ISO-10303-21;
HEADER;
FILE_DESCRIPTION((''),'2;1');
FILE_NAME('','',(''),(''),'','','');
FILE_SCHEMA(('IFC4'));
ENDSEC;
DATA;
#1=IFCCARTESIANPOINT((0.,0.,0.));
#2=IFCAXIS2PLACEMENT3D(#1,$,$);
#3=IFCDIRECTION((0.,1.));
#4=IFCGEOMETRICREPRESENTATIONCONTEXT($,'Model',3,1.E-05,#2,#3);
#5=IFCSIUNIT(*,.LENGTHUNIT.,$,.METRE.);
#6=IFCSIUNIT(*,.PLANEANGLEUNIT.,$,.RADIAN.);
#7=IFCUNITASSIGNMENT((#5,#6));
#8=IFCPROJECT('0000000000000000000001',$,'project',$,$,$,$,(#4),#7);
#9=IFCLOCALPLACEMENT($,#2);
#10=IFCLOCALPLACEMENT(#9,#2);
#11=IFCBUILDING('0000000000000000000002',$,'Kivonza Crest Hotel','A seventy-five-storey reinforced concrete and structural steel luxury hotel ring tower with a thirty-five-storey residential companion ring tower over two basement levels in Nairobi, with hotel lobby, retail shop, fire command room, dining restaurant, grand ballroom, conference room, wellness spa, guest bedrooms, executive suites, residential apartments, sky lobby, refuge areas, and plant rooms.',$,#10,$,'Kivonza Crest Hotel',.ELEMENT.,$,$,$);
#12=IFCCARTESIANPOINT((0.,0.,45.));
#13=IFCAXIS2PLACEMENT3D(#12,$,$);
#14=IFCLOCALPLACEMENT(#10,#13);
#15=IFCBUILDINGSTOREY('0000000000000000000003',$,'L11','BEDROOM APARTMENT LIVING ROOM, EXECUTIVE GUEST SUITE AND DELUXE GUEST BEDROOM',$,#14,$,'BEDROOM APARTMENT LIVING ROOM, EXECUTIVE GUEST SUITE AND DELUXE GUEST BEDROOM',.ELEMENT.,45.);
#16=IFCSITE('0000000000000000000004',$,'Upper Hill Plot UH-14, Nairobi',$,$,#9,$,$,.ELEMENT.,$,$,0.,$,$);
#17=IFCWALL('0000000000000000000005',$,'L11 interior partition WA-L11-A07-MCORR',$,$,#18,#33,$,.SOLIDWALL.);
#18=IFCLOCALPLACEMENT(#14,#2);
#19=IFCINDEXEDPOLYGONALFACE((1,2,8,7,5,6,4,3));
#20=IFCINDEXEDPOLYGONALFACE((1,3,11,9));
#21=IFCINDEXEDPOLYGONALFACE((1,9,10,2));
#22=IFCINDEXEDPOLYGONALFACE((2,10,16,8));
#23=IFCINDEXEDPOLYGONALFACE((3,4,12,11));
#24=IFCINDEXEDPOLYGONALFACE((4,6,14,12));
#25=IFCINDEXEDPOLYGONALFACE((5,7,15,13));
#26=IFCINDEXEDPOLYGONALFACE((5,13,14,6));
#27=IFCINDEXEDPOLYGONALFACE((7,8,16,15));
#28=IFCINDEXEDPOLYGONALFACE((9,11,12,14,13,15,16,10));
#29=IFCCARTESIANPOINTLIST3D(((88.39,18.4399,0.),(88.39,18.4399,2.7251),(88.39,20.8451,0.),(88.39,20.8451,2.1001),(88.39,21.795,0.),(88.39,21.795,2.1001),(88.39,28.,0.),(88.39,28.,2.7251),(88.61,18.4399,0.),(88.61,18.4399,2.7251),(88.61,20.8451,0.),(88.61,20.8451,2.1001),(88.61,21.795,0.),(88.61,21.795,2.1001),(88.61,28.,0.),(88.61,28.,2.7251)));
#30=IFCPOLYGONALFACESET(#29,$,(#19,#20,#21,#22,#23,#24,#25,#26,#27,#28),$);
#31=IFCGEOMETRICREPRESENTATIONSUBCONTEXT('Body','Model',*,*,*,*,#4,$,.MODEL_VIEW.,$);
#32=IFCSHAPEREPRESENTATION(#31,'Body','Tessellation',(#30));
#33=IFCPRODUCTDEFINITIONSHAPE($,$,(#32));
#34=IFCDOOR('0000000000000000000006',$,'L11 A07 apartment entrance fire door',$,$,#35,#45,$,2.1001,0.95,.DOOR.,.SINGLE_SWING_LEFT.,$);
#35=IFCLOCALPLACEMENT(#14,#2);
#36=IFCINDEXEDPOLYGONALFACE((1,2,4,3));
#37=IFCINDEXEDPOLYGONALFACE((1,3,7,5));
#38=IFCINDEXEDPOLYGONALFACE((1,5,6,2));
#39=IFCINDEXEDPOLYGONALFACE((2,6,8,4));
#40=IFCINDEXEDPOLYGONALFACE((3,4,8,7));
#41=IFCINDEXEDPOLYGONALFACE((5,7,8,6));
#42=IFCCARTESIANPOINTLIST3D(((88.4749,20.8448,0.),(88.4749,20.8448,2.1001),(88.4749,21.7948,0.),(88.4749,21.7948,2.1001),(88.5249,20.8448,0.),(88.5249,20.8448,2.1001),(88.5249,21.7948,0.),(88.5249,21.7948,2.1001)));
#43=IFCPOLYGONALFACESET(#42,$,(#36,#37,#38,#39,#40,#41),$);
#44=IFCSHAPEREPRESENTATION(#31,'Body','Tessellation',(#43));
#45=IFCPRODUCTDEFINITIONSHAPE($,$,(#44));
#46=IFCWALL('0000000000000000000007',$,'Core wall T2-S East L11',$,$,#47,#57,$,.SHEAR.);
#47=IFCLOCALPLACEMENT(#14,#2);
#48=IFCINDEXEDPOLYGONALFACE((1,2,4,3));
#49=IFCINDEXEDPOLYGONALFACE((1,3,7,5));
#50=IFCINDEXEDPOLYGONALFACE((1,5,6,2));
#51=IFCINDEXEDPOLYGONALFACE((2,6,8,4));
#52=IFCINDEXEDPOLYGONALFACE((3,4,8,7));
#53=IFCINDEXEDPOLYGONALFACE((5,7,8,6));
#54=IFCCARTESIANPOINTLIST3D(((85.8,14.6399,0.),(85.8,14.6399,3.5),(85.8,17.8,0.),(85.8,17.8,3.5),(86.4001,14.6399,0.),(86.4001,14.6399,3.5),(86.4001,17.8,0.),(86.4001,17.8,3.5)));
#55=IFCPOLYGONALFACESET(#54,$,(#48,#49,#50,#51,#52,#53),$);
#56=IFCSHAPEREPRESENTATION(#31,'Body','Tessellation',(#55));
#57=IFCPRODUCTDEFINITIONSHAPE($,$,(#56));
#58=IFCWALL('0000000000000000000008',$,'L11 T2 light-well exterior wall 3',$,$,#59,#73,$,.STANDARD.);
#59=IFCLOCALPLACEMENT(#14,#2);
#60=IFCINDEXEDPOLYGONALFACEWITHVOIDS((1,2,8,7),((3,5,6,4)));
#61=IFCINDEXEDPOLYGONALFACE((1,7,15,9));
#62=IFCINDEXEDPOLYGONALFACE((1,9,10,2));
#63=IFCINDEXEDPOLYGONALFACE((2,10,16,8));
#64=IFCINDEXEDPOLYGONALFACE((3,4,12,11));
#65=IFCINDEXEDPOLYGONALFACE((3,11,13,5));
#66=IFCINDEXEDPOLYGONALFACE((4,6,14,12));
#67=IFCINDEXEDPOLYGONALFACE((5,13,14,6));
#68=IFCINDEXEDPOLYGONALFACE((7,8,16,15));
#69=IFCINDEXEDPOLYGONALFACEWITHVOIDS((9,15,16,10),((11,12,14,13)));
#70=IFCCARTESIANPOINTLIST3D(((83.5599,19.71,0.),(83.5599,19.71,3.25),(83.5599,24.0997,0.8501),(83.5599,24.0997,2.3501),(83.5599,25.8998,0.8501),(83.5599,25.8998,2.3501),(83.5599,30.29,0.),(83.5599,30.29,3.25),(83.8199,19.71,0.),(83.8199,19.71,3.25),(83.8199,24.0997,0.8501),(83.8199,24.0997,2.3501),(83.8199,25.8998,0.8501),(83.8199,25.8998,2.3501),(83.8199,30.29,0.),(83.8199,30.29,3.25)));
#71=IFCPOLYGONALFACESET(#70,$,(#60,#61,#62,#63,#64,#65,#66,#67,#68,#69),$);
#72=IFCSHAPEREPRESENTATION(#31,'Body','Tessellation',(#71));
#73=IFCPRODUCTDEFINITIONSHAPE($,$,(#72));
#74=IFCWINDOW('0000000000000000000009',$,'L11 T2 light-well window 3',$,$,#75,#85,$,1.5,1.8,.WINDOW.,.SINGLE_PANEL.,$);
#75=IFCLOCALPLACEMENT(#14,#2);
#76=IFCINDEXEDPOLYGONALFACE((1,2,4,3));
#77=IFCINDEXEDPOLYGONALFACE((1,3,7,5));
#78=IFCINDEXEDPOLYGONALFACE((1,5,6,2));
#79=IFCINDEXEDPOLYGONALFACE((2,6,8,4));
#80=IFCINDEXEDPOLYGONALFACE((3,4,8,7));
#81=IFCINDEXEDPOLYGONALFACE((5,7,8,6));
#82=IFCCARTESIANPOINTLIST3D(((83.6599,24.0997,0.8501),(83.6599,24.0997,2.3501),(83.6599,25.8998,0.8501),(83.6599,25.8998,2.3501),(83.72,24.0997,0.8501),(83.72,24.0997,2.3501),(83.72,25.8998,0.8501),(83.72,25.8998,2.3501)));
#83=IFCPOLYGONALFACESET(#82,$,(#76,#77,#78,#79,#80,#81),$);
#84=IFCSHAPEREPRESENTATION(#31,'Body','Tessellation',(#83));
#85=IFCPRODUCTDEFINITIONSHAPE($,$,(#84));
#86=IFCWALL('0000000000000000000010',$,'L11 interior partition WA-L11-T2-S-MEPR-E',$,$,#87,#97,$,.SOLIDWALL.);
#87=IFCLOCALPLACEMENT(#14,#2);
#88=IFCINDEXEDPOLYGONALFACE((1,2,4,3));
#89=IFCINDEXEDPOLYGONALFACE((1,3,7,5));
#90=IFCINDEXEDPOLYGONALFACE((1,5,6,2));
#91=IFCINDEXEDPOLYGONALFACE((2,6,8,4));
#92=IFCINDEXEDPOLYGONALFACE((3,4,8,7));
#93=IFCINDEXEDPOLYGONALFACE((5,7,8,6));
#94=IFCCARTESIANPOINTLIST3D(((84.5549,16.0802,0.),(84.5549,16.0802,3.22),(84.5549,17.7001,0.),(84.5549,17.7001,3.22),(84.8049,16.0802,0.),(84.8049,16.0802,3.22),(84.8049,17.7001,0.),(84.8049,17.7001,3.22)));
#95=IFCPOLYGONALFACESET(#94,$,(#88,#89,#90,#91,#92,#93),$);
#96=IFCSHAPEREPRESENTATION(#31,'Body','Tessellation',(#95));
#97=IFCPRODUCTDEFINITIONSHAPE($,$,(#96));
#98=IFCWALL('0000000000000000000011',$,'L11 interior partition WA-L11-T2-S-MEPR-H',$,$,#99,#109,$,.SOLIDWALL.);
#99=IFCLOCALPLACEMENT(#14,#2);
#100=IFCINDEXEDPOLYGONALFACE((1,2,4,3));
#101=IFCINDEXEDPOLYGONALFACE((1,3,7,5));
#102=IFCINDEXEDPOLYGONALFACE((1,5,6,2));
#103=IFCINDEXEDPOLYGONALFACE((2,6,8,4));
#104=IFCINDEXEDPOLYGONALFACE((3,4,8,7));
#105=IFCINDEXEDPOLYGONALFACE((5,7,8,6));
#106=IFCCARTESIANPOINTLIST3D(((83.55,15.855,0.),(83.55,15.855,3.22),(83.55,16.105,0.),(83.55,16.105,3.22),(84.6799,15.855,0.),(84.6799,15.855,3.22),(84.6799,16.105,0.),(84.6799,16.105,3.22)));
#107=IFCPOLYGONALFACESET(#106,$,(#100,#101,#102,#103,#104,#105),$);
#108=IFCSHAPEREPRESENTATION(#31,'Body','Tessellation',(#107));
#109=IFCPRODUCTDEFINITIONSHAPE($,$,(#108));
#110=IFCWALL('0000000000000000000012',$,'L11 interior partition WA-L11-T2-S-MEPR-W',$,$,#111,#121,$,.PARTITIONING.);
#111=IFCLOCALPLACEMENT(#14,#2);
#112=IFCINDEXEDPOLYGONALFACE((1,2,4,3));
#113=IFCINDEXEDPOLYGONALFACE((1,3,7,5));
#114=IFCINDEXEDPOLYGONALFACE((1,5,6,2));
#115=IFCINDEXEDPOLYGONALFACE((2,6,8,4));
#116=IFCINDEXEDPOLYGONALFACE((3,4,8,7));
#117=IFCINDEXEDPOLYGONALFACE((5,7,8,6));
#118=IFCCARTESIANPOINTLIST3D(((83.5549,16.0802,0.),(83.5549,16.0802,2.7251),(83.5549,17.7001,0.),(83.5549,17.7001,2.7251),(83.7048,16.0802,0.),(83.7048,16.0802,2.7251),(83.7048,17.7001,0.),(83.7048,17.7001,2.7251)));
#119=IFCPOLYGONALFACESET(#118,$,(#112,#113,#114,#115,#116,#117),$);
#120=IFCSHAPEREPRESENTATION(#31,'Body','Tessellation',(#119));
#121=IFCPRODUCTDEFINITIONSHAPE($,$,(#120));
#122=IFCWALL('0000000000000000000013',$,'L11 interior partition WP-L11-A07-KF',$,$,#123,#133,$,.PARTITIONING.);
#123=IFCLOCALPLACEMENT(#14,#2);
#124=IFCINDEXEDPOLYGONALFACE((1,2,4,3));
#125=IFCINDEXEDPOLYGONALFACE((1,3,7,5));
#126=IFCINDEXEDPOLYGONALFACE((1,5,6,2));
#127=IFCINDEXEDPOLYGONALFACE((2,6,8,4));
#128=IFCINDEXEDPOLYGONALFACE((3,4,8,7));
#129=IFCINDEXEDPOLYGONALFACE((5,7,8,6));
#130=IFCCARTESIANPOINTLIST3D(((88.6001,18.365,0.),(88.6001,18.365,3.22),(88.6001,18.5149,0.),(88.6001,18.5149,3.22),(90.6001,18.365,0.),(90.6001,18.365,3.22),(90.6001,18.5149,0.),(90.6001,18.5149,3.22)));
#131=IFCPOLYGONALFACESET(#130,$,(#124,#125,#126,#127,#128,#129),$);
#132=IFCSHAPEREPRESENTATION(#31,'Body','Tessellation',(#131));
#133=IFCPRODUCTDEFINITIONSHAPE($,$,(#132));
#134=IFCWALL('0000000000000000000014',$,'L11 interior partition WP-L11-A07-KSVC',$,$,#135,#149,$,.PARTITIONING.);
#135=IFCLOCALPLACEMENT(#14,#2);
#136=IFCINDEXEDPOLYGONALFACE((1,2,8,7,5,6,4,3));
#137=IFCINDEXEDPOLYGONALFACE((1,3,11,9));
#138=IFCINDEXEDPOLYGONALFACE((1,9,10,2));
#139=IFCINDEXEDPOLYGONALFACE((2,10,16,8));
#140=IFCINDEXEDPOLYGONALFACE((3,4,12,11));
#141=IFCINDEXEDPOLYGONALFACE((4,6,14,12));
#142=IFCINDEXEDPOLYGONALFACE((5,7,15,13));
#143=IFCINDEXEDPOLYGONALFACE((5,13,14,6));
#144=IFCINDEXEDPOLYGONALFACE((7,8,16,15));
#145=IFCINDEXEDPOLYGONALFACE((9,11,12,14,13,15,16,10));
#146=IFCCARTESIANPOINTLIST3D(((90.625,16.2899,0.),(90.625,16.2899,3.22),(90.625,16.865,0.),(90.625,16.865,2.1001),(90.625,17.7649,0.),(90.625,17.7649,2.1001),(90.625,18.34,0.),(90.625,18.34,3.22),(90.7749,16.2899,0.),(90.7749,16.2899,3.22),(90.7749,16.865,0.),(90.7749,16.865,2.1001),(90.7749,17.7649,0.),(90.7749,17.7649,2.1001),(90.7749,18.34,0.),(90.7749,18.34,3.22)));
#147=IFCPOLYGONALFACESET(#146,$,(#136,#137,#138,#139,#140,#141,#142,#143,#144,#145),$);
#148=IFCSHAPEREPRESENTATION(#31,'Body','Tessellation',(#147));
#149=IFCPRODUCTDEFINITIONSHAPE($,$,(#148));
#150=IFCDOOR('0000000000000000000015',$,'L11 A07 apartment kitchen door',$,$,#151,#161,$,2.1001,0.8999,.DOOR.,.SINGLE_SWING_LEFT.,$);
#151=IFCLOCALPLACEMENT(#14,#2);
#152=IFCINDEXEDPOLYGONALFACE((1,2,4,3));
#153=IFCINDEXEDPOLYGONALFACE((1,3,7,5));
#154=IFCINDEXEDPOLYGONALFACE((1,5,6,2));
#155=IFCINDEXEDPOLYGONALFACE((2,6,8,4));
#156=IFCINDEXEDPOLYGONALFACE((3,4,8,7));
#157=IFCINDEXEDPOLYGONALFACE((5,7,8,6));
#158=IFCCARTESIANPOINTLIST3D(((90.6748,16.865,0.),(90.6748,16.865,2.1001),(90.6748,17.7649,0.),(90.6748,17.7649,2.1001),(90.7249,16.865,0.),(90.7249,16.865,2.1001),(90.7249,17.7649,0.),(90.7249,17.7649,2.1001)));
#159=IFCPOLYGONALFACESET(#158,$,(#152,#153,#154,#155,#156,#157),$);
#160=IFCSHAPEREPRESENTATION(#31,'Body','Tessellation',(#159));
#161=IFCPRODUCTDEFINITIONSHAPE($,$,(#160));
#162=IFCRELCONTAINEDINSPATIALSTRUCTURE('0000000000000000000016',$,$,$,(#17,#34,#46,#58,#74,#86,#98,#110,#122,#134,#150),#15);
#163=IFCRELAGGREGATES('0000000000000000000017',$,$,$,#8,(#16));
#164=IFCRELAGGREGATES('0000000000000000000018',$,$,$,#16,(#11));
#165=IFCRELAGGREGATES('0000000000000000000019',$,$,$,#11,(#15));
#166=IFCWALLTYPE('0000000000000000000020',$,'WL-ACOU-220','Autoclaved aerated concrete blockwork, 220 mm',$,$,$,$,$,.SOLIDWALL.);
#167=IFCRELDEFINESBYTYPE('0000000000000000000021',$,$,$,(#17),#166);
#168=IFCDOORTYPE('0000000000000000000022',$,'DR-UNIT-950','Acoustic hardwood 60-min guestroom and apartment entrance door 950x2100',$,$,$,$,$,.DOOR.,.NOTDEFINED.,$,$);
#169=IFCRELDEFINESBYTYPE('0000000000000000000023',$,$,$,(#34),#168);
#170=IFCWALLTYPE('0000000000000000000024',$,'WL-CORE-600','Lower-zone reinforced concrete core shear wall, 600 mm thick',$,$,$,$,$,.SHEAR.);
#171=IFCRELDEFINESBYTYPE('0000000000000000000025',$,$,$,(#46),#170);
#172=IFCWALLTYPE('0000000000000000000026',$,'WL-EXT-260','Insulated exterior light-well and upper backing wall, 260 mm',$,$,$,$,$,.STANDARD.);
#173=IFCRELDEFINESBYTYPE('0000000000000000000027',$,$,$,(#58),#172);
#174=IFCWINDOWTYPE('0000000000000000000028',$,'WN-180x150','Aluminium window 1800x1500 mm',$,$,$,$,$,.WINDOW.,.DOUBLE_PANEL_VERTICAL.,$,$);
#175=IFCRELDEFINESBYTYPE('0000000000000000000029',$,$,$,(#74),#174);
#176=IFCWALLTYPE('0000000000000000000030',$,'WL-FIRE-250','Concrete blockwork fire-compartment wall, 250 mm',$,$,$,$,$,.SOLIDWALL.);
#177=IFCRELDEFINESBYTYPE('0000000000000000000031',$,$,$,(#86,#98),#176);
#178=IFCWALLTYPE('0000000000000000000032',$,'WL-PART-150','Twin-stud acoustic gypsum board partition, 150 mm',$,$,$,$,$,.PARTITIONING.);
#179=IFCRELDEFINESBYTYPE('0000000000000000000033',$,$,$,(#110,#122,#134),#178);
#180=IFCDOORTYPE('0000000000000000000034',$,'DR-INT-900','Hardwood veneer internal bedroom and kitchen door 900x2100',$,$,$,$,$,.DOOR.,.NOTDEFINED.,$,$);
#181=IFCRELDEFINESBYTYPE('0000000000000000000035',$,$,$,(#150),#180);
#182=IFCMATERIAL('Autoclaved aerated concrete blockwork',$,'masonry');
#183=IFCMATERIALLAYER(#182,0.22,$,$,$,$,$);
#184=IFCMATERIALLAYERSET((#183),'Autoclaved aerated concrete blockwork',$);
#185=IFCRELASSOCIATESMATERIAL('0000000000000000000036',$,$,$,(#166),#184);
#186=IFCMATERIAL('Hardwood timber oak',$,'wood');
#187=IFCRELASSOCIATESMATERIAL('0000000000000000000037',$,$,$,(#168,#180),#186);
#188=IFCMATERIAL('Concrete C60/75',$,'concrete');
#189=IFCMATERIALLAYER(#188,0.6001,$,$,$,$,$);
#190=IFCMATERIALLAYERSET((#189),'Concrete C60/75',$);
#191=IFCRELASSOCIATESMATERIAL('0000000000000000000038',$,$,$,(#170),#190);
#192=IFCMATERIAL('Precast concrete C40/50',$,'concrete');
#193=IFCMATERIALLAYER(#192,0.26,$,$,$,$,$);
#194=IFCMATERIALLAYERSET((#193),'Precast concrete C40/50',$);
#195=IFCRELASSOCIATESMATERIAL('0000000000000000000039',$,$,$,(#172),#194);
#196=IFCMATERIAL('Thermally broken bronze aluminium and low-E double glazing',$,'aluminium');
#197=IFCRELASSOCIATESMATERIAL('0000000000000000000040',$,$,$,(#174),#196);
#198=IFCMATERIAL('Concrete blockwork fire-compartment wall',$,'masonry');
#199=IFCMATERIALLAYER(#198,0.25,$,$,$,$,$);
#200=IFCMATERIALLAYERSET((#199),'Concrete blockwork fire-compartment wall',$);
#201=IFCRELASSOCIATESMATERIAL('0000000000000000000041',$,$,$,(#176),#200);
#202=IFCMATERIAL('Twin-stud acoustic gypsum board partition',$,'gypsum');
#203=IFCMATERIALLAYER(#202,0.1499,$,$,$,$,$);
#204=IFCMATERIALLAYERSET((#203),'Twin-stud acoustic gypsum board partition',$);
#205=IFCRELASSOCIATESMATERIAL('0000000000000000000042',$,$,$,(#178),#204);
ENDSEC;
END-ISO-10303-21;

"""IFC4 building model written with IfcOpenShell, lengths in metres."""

from ifc_helpers import new_model, si_unit, direction, frame, frame_2d, origin, place, context, subcontext, project, spatial, rectangle, extrude, material, layer, layer_set, type_object, element, fill, save


model = new_model("IFC4")

# Units and contexts
model_context = context("Model", 3, precision=1e-05, world=origin(), true_north=direction((0.0, 1.0)))
body_context = subcontext(model_context, "Body", "Model", "MODEL_VIEW")
ifc_project = project(units=[si_unit("LENGTHUNIT", "METRE"), si_unit("PLANEANGLEUNIT", "RADIAN")], contexts=[model_context])

# Site, building, storey
site_placement = place(None, origin())
site = spatial("IfcSite", under=ifc_project, at=site_placement, Name="Upper Hill Plot UH-14, Nairobi", CompositionType="ELEMENT", RefElevation=0.0)
building_placement = place(site_placement, origin())
building = spatial("IfcBuilding", under=site, at=building_placement, Name="Kivonza Crest Hotel", Description="A seventy-five-storey reinforced concrete and structural steel luxury hotel ring tower with a thirty-five-storey residential companion ring tower over two basement levels in Nairobi, with hotel lobby, retail shop, fire command room, dining restaurant, grand ballroom, conference room, wellness spa, guest bedrooms, executive suites, residential apartments, sky lobby, refuge areas, and plant rooms.", LongName="Kivonza Crest Hotel", CompositionType="ELEMENT")
storey_placement = place(building_placement, frame((0.0, 0.0, 45.0)))
storey = spatial("IfcBuildingStorey", under=building, at=storey_placement, Name="L11", Description="BEDROOM APARTMENT LIVING ROOM, EXECUTIVE GUEST SUITE AND DELUXE GUEST BEDROOM", LongName="BEDROOM APARTMENT LIVING ROOM, EXECUTIVE GUEST SUITE AND DELUXE GUEST BEDROOM", CompositionType="ELEMENT", Elevation=45.0)

# Wall, opening, door
ifc_material_1 = material(Name="Autoclaved aerated concrete blockwork", Category="masonry")
ifc_layer_1 = layer(ifc_material_1, 0.22)
ifc_layer_set_1 = layer_set([ifc_layer_1], Name="Autoclaved aerated concrete blockwork")
wall_type_1 = type_object("IfcWallType", Name="WL-ACOU-220", Description="Autoclaved aerated concrete blockwork, 220 mm", PredefinedType="SOLIDWALL", material=ifc_layer_set_1)
wall_1_placement = place(storey_placement, frame((88.5, 18.4399, 0.0), z_axis=(0.0, 0.0, 1.0), x_axis=(0.0, 1.0, 0.0)))
wall_1 = element("IfcWall", 1, at=wall_1_placement, inside=storey, type_object=wall_type_1, Name="L11 interior partition WA-L11-A07-MCORR", PredefinedType="SOLIDWALL", context=body_context, shape_type="SweptSolid", body=[
    extrude(rectangle(XDim=9.5601, YDim=0.22, at=frame_2d((4.78, 0.0))), origin(), (0.0, 0.0, 1.0), 2.7251),
])
opening_1_placement = place(wall_1_placement, frame((2.405, 0.0, 0.0)))
opening_1 = element("IfcOpeningElement", 2, at=opening_1_placement, cuts=wall_1, PredefinedType="OPENING", context=body_context, shape_type="SweptSolid", body=[
    extrude(rectangle(XDim=0.95, YDim=2.1001, at=frame_2d((0.4751, 1.05))), frame((0.0, 0.1201, 0.0), z_axis=(0.0, -1.0, 0.0), x_axis=(1.0, 0.0, 0.0)), (0.0, 0.0, 1.0), 0.24),
])
ifc_material_2 = material(Name="Hardwood timber oak", Category="wood")
door_type_1 = type_object("IfcDoorType", Name="DR-UNIT-950", Description="Acoustic hardwood 60-min guestroom and apartment entrance door 950x2100", OperationType="NOTDEFINED", PredefinedType="DOOR", material=ifc_material_2)
door_1_placement = place(opening_1_placement, frame((0.95, 0.0, 0.0), z_axis=(0.0, 0.0, 1.0), x_axis=(-1.0, 0.0, 0.0)))
door_1 = element("IfcDoor", 3, at=door_1_placement, inside=storey, type_object=door_type_1, Name="L11 A07 apartment entrance fire door", OperationType="SINGLE_SWING_LEFT", OverallHeight=2.1001, OverallWidth=0.95, PredefinedType="DOOR", context=body_context, shape_type="SweptSolid", body=[
    extrude(rectangle(XDim=0.95, YDim=2.1001, at=frame_2d((0.4751, 1.05))), frame((0.0, 0.0249, 0.0), z_axis=(0.0, -1.0, 0.0), x_axis=(1.0, 0.0, 0.0)), (0.0, 0.0, 1.0), 0.05),
])
fill(opening_1, door_1)

# Wall
ifc_material_3 = material(Name="Concrete C60/75", Category="concrete")
ifc_layer_2 = layer(ifc_material_3, 0.6001)
ifc_layer_set_2 = layer_set([ifc_layer_2], Name="Concrete C60/75")
wall_type_2 = type_object("IfcWallType", Name="WL-CORE-600", Description="Lower-zone reinforced concrete core shear wall, 600 mm thick", PredefinedType="SHEAR", material=ifc_layer_set_2)
wall_2_placement = place(storey_placement, frame((86.1001, 14.6399, 0.0), z_axis=(0.0, 0.0, 1.0), x_axis=(0.0, 1.0, 0.0)))
element("IfcWall", 4, at=wall_2_placement, inside=storey, type_object=wall_type_2, Name="Core wall T2-S East L11", PredefinedType="SHEAR", context=body_context, shape_type="SweptSolid", body=[
    extrude(rectangle(XDim=3.1602, YDim=0.6001, at=frame_2d((1.5801, 0.0))), origin(), (0.0, 0.0, 1.0), 3.5),
])

# Wall, opening, window
ifc_material_4 = material(Name="Precast concrete C40/50", Category="concrete")
ifc_layer_3 = layer(ifc_material_4, 0.26)
ifc_layer_set_3 = layer_set([ifc_layer_3], Name="Precast concrete C40/50")
wall_type_3 = type_object("IfcWallType", Name="WL-EXT-260", Description="Insulated exterior light-well and upper backing wall, 260 mm", PredefinedType="STANDARD", material=ifc_layer_set_3)
wall_3_placement = place(storey_placement, frame((83.6899, 19.71, 0.0), z_axis=(0.0, 0.0, 1.0), x_axis=(0.0, 1.0, 0.0)))
wall_3 = element("IfcWall", 5, at=wall_3_placement, inside=storey, type_object=wall_type_3, Name="L11 T2 light-well exterior wall 3", PredefinedType="STANDARD", context=body_context, shape_type="SweptSolid", body=[
    extrude(rectangle(XDim=10.5801, YDim=0.26, at=frame_2d((5.29, 0.0))), origin(), (0.0, 0.0, 1.0), 3.25),
])
opening_2_placement = place(wall_3_placement, frame((4.3899, 0.0, 0.8501)))
opening_2 = element("IfcOpeningElement", 6, at=opening_2_placement, cuts=wall_3, PredefinedType="OPENING", context=body_context, shape_type="SweptSolid", body=[
    extrude(rectangle(XDim=1.8, YDim=1.5, at=frame_2d((0.8999, 0.75))), frame((0.0, 0.1401, 0.0), z_axis=(0.0, -1.0, 0.0), x_axis=(1.0, 0.0, 0.0)), (0.0, 0.0, 1.0), 0.28),
])
ifc_material_5 = material(Name="Thermally broken bronze aluminium and low-E double glazing", Category="aluminium")
window_type = type_object("IfcWindowType", Name="WN-180x150", Description="Aluminium window 1800x1500 mm", PartitioningType="DOUBLE_PANEL_VERTICAL", PredefinedType="WINDOW", material=ifc_material_5)
window_placement = place(opening_2_placement, origin())
window = element("IfcWindow", 7, at=window_placement, inside=storey, type_object=window_type, Name="L11 T2 light-well window 3", OverallHeight=1.5, OverallWidth=1.8, PartitioningType="SINGLE_PANEL", PredefinedType="WINDOW", context=body_context, shape_type="SweptSolid", body=[
    extrude(rectangle(XDim=1.8, YDim=1.5, at=frame_2d((0.8999, 0.75))), frame((0.0, 0.03, 0.0), z_axis=(0.0, -1.0, 0.0), x_axis=(1.0, 0.0, 0.0)), (0.0, 0.0, 1.0), 0.0601),
])
fill(opening_2, window)

# Walls
ifc_material_6 = material(Name="Concrete blockwork fire-compartment wall", Category="masonry")
ifc_layer_4 = layer(ifc_material_6, 0.25)
ifc_layer_set_4 = layer_set([ifc_layer_4], Name="Concrete blockwork fire-compartment wall")
wall_type_4 = type_object("IfcWallType", Name="WL-FIRE-250", Description="Concrete blockwork fire-compartment wall, 250 mm", PredefinedType="SOLIDWALL", material=ifc_layer_set_4)
wall_4_placement = place(storey_placement, frame((84.6799, 16.0801, 0.0), z_axis=(0.0, 0.0, 1.0), x_axis=(0.0, 1.0, 0.0)))
element("IfcWall", 8, at=wall_4_placement, inside=storey, type_object=wall_type_4, Name="L11 interior partition WA-L11-T2-S-MEPR-E", PredefinedType="SOLIDWALL", context=body_context, shape_type="SweptSolid", body=[
    extrude(rectangle(XDim=1.6199, YDim=0.25, at=frame_2d((0.8101, 0.0))), origin(), (0.0, 0.0, 1.0), 3.22),
])
wall_5_placement = place(storey_placement, frame((83.55, 15.98, 0.0), z_axis=(0.0, 0.0, 1.0), x_axis=(1.0, 0.0, 0.0)))
element("IfcWall", 9, at=wall_5_placement, inside=storey, type_object=wall_type_4, Name="L11 interior partition WA-L11-T2-S-MEPR-H", PredefinedType="SOLIDWALL", context=body_context, shape_type="SweptSolid", body=[
    extrude(rectangle(XDim=1.1299, YDim=0.25, at=frame_2d((0.5649, 0.0))), origin(), (0.0, 0.0, 1.0), 3.22),
])
ifc_material_7 = material(Name="Twin-stud acoustic gypsum board partition", Category="gypsum")
ifc_layer_5 = layer(ifc_material_7, 0.1499)
ifc_layer_set_5 = layer_set([ifc_layer_5], Name="Twin-stud acoustic gypsum board partition")
wall_type_5 = type_object("IfcWallType", Name="WL-PART-150", Description="Twin-stud acoustic gypsum board partition, 150 mm", PredefinedType="PARTITIONING", material=ifc_layer_set_5)
wall_6_placement = place(storey_placement, frame((83.6299, 16.0801, 0.0), z_axis=(0.0, 0.0, 1.0), x_axis=(0.0, 1.0, 0.0)))
element("IfcWall", 10, at=wall_6_placement, inside=storey, type_object=wall_type_5, Name="L11 interior partition WA-L11-T2-S-MEPR-W", PredefinedType="PARTITIONING", context=body_context, shape_type="SweptSolid", body=[
    extrude(rectangle(XDim=1.6199, YDim=0.1499, at=frame_2d((0.8101, 0.0))), origin(), (0.0, 0.0, 1.0), 2.7251),
])
wall_7_placement = place(storey_placement, frame((88.6001, 18.4399, 0.0), z_axis=(0.0, 0.0, 1.0), x_axis=(1.0, 0.0, 0.0)))
element("IfcWall", 11, at=wall_7_placement, inside=storey, type_object=wall_type_5, Name="L11 interior partition WP-L11-A07-KF", PredefinedType="PARTITIONING", context=body_context, shape_type="SweptSolid", body=[
    extrude(rectangle(XDim=2.0, YDim=0.1499, at=frame_2d((1.0, 0.0))), origin(), (0.0, 0.0, 1.0), 3.22),
])

# Wall, opening, door
wall_8_placement = place(storey_placement, frame((90.7, 16.29, 0.0), z_axis=(0.0, 0.0, 1.0), x_axis=(0.0, 1.0, 0.0)))
wall_8 = element("IfcWall", 12, at=wall_8_placement, inside=storey, type_object=wall_type_5, Name="L11 interior partition WP-L11-A07-KSVC", PredefinedType="PARTITIONING", context=body_context, shape_type="SweptSolid", body=[
    extrude(rectangle(XDim=2.05, YDim=0.1499, at=frame_2d((1.0249, 0.0))), origin(), (0.0, 0.0, 1.0), 3.22),
])
opening_3_placement = place(wall_8_placement, frame((0.575, 0.0, 0.0)))
opening_3 = element("IfcOpeningElement", 13, at=opening_3_placement, cuts=wall_8, PredefinedType="OPENING", context=body_context, shape_type="SweptSolid", body=[
    extrude(rectangle(XDim=0.8999, YDim=2.1001, at=frame_2d((0.45, 1.05))), frame((0.0, 0.085, 0.0), z_axis=(0.0, -1.0, 0.0), x_axis=(1.0, 0.0, 0.0)), (0.0, 0.0, 1.0), 0.1699),
])
door_type_2 = type_object("IfcDoorType", Name="DR-INT-900", Description="Hardwood veneer internal bedroom and kitchen door 900x2100", OperationType="NOTDEFINED", PredefinedType="DOOR", material=ifc_material_2)
door_2_placement = place(opening_3_placement, frame((0.8999, 0.0, 0.0), z_axis=(0.0, 0.0, 1.0), x_axis=(-1.0, 0.0, 0.0)))
door_2 = element("IfcDoor", 14, at=door_2_placement, inside=storey, type_object=door_type_2, Name="L11 A07 apartment kitchen door", OperationType="SINGLE_SWING_LEFT", OverallHeight=2.1001, OverallWidth=0.8999, PredefinedType="DOOR", context=body_context, shape_type="SweptSolid", body=[
    extrude(rectangle(XDim=0.8999, YDim=2.1001, at=frame_2d((0.45, 1.05))), frame((0.0, 0.0249, 0.0), z_axis=(0.0, -1.0, 0.0), x_axis=(1.0, 0.0, 0.0)), (0.0, 0.0, 1.0), 0.05),
])
fill(opening_3, door_2)

save(model, "model.ifc")
